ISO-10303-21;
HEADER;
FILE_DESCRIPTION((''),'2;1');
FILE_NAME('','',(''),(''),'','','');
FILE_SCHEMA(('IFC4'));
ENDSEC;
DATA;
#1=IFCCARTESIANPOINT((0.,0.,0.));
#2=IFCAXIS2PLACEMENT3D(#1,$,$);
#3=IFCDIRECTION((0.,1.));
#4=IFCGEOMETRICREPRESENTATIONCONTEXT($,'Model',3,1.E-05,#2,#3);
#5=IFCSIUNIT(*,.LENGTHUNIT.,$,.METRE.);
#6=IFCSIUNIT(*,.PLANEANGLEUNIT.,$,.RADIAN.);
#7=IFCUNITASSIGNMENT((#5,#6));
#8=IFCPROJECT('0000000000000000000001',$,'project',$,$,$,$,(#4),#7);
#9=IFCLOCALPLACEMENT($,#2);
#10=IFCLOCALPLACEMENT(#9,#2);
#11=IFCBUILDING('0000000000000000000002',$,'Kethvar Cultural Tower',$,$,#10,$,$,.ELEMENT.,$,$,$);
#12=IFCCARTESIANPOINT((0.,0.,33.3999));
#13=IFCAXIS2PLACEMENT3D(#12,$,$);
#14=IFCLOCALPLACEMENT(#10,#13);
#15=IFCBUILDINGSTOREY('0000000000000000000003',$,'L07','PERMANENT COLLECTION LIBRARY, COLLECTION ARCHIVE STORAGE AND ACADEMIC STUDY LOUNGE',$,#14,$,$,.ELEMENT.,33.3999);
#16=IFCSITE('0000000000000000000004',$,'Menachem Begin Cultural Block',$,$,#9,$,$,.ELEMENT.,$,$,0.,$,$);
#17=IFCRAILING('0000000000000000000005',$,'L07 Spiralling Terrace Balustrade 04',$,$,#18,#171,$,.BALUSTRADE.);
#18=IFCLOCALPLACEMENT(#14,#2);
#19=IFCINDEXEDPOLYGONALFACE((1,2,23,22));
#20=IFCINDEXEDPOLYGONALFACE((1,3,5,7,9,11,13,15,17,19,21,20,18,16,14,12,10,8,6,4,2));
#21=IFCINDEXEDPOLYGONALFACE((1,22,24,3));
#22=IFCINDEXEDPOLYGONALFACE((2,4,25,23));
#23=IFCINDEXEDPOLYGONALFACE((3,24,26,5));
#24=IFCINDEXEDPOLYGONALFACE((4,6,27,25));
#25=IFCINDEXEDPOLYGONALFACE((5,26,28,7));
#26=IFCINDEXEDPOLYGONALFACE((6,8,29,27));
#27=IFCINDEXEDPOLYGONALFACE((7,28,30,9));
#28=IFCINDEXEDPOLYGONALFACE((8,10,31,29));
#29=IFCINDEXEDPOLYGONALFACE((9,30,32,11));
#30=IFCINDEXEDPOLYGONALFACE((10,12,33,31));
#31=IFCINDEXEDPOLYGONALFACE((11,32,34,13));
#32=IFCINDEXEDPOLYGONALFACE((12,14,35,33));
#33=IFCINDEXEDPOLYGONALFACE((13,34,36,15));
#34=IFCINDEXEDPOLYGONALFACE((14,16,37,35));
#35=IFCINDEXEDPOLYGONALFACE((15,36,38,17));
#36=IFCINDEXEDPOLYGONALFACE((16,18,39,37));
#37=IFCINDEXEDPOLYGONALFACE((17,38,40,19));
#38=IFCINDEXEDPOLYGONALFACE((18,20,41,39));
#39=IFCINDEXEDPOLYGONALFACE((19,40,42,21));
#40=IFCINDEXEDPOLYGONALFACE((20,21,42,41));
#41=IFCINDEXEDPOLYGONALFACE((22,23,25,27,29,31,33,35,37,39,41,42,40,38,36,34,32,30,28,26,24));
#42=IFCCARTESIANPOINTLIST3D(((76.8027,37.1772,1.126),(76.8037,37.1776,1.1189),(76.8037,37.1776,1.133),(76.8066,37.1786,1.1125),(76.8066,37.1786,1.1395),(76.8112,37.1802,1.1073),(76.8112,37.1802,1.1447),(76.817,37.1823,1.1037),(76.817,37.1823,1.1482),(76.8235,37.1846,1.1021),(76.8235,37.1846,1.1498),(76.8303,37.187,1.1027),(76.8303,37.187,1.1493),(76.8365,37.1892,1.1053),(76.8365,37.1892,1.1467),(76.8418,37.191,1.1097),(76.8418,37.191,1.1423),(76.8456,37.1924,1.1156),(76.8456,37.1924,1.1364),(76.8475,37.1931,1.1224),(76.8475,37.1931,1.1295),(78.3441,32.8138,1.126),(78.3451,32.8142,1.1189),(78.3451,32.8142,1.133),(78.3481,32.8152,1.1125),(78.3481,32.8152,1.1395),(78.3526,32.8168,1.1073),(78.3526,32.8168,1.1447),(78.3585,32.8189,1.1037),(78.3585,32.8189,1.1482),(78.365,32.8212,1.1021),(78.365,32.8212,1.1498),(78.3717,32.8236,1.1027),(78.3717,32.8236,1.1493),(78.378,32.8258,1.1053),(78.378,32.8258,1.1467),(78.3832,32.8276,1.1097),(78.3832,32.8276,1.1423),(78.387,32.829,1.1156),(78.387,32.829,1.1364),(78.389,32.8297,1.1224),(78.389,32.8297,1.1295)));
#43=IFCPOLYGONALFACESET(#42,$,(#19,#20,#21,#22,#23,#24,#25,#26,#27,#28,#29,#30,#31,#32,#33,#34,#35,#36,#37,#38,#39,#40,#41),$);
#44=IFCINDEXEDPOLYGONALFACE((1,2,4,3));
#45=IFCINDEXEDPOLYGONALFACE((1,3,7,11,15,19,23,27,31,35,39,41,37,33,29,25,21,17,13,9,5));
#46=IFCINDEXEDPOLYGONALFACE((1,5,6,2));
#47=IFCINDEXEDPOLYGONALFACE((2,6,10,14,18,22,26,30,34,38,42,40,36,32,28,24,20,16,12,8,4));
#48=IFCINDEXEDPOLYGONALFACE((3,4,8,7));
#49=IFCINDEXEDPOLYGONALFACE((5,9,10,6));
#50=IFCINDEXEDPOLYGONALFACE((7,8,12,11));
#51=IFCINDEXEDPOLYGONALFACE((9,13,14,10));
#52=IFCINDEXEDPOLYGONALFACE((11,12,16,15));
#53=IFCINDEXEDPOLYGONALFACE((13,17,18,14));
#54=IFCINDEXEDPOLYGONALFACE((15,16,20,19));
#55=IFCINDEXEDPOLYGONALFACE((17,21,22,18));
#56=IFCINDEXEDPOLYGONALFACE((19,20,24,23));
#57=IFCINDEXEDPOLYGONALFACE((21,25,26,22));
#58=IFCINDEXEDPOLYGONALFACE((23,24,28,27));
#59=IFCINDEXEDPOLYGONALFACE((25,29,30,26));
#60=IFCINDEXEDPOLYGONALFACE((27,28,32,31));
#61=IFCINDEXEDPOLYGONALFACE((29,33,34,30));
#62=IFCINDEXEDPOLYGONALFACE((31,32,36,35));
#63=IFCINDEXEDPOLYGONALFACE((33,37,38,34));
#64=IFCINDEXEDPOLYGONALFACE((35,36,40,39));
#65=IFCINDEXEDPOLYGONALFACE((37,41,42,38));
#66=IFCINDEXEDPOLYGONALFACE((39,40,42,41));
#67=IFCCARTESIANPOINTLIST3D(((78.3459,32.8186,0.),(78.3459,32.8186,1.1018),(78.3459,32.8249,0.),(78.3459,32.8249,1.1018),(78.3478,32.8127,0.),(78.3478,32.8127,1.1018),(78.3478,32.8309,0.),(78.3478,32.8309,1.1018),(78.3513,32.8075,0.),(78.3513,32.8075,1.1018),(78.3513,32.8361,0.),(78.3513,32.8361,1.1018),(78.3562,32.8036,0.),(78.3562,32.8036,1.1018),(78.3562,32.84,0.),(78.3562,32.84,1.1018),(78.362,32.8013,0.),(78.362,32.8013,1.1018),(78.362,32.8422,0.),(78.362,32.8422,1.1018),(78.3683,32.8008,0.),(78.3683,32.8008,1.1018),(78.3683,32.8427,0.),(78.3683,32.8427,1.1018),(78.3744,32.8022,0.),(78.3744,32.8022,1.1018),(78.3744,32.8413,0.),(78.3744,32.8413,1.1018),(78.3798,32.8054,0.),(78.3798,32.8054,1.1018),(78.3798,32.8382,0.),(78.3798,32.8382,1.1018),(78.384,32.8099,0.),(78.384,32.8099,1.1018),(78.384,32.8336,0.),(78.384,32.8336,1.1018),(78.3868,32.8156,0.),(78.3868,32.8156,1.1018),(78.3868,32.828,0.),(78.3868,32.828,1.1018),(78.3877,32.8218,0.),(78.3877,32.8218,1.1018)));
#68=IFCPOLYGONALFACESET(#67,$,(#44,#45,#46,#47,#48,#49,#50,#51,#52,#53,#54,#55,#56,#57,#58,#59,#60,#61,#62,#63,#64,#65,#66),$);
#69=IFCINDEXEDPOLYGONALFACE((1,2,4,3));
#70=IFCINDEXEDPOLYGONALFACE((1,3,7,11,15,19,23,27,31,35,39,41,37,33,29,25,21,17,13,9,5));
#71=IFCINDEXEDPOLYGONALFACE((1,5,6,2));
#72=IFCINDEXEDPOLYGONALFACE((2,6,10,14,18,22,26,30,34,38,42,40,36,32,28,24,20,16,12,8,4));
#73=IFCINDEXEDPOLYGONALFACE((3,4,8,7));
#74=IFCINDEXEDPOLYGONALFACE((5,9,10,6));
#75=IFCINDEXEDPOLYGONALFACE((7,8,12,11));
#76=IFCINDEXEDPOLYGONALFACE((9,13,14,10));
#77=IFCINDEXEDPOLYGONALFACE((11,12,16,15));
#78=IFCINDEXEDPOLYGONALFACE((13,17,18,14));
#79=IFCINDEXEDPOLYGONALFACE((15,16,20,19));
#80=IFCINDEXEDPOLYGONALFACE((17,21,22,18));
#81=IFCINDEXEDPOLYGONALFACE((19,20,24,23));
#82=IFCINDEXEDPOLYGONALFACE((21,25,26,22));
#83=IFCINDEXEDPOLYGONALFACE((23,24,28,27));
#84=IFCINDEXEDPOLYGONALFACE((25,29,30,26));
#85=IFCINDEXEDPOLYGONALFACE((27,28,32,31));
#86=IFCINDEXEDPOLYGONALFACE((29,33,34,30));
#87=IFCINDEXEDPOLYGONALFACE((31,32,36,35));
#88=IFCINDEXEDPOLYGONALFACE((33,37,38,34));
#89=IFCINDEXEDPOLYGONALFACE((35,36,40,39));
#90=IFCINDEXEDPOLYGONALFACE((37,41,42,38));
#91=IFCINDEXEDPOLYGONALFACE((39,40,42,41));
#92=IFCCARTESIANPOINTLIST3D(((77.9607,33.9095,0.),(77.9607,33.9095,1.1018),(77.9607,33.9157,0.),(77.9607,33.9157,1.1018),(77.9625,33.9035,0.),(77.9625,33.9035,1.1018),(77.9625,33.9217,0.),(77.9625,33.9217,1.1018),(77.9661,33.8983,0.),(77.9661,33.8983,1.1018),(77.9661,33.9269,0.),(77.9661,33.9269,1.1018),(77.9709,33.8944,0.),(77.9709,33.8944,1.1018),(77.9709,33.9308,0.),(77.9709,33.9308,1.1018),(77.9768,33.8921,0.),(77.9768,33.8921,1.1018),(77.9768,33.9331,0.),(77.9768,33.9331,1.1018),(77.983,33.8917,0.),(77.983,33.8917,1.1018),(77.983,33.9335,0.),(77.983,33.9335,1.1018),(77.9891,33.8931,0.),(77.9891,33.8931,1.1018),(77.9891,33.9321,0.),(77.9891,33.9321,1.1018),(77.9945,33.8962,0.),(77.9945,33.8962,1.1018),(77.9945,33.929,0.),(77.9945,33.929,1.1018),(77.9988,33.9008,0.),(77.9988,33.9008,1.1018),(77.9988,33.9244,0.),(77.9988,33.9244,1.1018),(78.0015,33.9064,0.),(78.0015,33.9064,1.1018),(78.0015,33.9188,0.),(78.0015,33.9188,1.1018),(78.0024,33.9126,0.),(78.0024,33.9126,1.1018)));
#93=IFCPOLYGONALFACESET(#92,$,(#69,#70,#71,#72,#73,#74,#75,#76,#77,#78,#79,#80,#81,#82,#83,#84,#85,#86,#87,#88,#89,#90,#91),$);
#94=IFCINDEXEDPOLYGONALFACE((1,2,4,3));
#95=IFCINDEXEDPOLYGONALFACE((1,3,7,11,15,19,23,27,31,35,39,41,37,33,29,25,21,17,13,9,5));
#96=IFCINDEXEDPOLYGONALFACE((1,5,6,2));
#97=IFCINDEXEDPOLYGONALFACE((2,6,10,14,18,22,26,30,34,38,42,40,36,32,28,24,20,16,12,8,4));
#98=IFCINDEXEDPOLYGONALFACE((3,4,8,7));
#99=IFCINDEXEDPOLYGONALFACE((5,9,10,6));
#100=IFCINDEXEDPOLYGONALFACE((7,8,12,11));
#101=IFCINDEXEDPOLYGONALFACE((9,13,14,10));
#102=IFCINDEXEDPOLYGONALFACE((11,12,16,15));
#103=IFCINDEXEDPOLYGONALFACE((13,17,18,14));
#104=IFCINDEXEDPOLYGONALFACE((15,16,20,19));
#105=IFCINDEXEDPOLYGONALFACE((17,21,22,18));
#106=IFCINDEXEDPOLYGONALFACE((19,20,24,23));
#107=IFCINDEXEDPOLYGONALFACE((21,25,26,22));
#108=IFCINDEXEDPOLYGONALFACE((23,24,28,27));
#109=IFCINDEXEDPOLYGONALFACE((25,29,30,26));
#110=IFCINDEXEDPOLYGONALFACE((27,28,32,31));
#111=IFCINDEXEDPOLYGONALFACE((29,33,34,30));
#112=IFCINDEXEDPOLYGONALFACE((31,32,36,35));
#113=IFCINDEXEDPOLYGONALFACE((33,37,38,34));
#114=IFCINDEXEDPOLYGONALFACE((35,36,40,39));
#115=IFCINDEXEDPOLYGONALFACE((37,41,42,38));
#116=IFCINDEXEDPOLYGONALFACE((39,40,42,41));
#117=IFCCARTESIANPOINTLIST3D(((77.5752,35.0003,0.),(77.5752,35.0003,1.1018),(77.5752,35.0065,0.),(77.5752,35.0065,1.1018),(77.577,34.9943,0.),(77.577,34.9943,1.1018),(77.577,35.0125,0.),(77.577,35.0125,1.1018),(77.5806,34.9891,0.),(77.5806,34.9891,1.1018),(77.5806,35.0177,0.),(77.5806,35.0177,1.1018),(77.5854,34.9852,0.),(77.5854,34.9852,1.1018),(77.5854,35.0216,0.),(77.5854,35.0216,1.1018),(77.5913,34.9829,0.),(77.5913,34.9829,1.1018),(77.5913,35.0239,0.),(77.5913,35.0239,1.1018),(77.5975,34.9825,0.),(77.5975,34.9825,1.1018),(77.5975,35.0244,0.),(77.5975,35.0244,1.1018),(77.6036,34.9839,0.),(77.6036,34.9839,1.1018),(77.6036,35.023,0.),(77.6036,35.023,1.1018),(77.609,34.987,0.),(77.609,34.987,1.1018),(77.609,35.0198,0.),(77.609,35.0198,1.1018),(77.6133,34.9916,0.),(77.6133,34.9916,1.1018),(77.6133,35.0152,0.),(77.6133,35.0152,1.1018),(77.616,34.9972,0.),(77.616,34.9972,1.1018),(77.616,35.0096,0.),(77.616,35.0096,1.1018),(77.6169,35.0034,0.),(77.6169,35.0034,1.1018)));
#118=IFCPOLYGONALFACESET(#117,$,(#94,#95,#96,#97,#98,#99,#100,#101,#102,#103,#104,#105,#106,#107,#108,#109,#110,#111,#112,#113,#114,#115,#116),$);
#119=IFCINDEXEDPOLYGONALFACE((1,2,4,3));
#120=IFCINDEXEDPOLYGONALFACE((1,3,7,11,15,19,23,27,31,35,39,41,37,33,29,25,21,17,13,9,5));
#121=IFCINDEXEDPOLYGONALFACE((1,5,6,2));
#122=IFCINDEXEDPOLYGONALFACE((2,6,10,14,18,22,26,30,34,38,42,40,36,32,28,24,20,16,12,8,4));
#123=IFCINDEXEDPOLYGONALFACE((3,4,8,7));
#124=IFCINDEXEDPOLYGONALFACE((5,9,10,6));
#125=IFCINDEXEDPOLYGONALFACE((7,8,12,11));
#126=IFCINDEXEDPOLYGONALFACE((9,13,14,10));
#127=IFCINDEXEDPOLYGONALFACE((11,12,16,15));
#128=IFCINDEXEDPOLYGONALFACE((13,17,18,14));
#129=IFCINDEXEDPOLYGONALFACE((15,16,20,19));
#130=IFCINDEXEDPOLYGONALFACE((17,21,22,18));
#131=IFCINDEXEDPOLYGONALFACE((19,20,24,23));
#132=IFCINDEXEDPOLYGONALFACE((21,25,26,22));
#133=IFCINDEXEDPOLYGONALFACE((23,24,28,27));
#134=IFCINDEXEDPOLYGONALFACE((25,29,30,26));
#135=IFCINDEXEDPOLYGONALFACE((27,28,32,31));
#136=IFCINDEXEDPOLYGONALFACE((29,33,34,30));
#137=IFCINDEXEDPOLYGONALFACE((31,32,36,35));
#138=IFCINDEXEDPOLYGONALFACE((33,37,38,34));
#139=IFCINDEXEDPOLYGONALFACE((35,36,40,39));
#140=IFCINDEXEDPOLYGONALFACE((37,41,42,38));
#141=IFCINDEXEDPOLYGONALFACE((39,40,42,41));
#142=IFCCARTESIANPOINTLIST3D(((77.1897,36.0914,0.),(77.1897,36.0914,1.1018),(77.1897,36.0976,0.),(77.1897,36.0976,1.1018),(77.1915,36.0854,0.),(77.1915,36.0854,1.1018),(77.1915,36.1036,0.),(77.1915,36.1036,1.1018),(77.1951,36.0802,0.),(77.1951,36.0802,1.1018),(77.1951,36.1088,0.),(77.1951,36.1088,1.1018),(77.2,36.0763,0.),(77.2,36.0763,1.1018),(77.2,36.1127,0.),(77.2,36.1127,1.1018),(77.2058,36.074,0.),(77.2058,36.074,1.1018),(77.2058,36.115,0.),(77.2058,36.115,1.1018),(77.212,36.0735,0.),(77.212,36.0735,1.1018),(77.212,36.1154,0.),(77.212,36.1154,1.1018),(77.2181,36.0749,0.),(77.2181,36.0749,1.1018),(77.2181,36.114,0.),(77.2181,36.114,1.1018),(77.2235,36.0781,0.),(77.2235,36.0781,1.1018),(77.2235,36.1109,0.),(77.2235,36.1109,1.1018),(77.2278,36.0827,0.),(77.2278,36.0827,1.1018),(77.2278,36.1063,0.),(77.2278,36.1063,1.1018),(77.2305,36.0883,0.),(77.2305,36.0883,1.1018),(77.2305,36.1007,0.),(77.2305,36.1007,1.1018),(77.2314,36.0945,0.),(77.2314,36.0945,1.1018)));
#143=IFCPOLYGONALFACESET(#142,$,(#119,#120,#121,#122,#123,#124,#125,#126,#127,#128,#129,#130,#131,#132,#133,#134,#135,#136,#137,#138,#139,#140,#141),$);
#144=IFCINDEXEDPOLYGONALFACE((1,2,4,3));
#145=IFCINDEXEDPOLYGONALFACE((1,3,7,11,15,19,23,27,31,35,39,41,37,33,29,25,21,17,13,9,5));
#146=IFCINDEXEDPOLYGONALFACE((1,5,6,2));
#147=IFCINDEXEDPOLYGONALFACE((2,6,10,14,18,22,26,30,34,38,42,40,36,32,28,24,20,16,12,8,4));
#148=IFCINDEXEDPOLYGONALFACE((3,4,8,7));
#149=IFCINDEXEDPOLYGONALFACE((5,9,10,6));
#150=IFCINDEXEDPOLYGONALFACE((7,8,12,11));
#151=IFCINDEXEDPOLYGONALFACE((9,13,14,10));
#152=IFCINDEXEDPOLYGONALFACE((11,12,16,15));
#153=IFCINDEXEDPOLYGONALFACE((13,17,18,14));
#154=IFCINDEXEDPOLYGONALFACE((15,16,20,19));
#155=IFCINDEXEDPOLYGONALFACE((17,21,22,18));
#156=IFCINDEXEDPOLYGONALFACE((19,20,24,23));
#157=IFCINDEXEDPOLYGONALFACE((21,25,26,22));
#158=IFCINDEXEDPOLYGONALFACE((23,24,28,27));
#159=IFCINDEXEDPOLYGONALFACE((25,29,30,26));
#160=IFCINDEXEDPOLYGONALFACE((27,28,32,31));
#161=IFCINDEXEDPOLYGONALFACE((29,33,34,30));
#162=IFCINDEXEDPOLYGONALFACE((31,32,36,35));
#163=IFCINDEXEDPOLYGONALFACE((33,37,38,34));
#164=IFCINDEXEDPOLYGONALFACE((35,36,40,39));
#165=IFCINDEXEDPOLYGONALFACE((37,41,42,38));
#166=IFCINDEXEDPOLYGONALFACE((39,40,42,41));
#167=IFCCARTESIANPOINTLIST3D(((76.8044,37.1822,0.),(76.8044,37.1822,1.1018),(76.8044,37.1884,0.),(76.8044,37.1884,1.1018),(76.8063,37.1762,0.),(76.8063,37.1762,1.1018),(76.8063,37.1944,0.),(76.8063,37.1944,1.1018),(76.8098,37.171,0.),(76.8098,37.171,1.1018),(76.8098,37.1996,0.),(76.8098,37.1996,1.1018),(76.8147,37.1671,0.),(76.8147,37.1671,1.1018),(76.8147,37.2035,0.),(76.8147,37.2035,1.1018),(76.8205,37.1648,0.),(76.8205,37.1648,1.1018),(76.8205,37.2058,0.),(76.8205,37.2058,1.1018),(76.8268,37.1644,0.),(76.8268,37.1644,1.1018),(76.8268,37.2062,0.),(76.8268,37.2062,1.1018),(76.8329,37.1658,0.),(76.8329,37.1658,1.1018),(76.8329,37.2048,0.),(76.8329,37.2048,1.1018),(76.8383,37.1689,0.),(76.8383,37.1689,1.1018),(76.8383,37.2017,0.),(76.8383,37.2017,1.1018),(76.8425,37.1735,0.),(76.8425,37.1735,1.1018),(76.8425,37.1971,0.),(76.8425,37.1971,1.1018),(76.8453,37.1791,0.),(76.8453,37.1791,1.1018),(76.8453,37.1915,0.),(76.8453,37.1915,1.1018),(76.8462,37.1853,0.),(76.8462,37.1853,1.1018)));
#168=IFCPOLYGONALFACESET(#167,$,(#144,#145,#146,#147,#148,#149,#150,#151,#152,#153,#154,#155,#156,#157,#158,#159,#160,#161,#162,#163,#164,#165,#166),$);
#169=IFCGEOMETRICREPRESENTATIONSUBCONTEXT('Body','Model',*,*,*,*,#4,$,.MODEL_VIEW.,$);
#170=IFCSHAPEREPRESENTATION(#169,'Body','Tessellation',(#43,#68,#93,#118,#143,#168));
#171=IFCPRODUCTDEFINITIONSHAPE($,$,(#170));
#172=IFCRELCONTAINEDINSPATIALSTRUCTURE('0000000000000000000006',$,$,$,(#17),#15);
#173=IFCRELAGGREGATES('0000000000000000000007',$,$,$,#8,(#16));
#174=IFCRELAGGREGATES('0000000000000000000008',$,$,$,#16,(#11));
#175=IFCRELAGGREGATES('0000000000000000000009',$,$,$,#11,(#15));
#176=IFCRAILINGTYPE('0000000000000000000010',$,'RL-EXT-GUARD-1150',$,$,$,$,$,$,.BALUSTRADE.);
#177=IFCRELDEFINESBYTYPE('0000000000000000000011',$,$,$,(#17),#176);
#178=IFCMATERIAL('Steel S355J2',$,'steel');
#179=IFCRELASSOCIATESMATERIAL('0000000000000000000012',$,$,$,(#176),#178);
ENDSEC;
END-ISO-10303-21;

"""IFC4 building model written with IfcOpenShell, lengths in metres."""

from ifc_helpers import new_model, si_unit, direction, frame, origin, origin_2d, place, context, subcontext, project, spatial, circle, extrude, material, type_object, element, save


model = new_model("IFC4")

# Units and contexts
model_context = context("Model", 3, precision=1e-05, world=origin(), true_north=direction((0.0, 1.0)))
body_context = subcontext(model_context, "Body", "Model", "MODEL_VIEW")
ifc_project = project(units=[si_unit("LENGTHUNIT", "METRE"), si_unit("PLANEANGLEUNIT", "RADIAN")], contexts=[model_context])

# Site, building, storey
site_placement = place(None, origin())
site = spatial("IfcSite", under=ifc_project, at=site_placement, Name="Menachem Begin Cultural Block", CompositionType="ELEMENT", RefElevation=0.0)
building_placement = place(site_placement, origin())
building = spatial("IfcBuilding", under=site, at=building_placement, Name="Kethvar Cultural Tower", CompositionType="ELEMENT")
storey_placement = place(building_placement, frame((0.0, 0.0, 33.3999)))
storey = spatial("IfcBuildingStorey", under=building, at=storey_placement, Name="L07", Description="PERMANENT COLLECTION LIBRARY, COLLECTION ARCHIVE STORAGE AND ACADEMIC STUDY LOUNGE", CompositionType="ELEMENT", Elevation=33.3999)

# Shared definitions
ifc_material_1 = material(Name="Steel S355J2", Category="steel")

# Railing
railing_type = type_object("IfcRailingType", Name="RL-EXT-GUARD-1150", PredefinedType="BALUSTRADE", material=ifc_material_1)
railing_1_placement = place(storey_placement, frame((78.3667, 32.8218, 0.0)))
element("IfcRailing", 1, at=railing_1_placement, inside=storey, type_object=railing_type, Name="L07 Spiralling Terrace Balustrade 04", PredefinedType="BALUSTRADE", context=body_context, shape_type="SweptSolid", body=[
    extrude(circle(Radius=0.0239, at=origin_2d()), frame((0.0, 0.0, 1.126), z_axis=(-0.333096, 0.942893, 0.0), x_axis=(-0.942893, -0.333096, 0.0)), (0.0, 0.0, 1.0), 4.6277),
    extrude(circle(Radius=0.021, at=origin_2d()), origin(), (0.0, 0.0, 1.0), 1.1018),
    extrude(circle(Radius=0.021, at=origin_2d()), frame((-0.3853, 1.0908, 0.0)), (0.0, 0.0, 1.0), 1.1018),
    extrude(circle(Radius=0.021, at=origin_2d()), frame((-0.7708, 2.1816, 0.0)), (0.0, 0.0, 1.0), 1.1018),
    extrude(circle(Radius=0.021, at=origin_2d()), frame((-1.1562, 3.2727, 0.0)), (0.0, 0.0, 1.0), 1.1018),
    extrude(circle(Radius=0.021, at=origin_2d()), frame((-1.5415, 4.3635, 0.0)), (0.0, 0.0, 1.0), 1.1018),
])

save(model, "model.ifc")
